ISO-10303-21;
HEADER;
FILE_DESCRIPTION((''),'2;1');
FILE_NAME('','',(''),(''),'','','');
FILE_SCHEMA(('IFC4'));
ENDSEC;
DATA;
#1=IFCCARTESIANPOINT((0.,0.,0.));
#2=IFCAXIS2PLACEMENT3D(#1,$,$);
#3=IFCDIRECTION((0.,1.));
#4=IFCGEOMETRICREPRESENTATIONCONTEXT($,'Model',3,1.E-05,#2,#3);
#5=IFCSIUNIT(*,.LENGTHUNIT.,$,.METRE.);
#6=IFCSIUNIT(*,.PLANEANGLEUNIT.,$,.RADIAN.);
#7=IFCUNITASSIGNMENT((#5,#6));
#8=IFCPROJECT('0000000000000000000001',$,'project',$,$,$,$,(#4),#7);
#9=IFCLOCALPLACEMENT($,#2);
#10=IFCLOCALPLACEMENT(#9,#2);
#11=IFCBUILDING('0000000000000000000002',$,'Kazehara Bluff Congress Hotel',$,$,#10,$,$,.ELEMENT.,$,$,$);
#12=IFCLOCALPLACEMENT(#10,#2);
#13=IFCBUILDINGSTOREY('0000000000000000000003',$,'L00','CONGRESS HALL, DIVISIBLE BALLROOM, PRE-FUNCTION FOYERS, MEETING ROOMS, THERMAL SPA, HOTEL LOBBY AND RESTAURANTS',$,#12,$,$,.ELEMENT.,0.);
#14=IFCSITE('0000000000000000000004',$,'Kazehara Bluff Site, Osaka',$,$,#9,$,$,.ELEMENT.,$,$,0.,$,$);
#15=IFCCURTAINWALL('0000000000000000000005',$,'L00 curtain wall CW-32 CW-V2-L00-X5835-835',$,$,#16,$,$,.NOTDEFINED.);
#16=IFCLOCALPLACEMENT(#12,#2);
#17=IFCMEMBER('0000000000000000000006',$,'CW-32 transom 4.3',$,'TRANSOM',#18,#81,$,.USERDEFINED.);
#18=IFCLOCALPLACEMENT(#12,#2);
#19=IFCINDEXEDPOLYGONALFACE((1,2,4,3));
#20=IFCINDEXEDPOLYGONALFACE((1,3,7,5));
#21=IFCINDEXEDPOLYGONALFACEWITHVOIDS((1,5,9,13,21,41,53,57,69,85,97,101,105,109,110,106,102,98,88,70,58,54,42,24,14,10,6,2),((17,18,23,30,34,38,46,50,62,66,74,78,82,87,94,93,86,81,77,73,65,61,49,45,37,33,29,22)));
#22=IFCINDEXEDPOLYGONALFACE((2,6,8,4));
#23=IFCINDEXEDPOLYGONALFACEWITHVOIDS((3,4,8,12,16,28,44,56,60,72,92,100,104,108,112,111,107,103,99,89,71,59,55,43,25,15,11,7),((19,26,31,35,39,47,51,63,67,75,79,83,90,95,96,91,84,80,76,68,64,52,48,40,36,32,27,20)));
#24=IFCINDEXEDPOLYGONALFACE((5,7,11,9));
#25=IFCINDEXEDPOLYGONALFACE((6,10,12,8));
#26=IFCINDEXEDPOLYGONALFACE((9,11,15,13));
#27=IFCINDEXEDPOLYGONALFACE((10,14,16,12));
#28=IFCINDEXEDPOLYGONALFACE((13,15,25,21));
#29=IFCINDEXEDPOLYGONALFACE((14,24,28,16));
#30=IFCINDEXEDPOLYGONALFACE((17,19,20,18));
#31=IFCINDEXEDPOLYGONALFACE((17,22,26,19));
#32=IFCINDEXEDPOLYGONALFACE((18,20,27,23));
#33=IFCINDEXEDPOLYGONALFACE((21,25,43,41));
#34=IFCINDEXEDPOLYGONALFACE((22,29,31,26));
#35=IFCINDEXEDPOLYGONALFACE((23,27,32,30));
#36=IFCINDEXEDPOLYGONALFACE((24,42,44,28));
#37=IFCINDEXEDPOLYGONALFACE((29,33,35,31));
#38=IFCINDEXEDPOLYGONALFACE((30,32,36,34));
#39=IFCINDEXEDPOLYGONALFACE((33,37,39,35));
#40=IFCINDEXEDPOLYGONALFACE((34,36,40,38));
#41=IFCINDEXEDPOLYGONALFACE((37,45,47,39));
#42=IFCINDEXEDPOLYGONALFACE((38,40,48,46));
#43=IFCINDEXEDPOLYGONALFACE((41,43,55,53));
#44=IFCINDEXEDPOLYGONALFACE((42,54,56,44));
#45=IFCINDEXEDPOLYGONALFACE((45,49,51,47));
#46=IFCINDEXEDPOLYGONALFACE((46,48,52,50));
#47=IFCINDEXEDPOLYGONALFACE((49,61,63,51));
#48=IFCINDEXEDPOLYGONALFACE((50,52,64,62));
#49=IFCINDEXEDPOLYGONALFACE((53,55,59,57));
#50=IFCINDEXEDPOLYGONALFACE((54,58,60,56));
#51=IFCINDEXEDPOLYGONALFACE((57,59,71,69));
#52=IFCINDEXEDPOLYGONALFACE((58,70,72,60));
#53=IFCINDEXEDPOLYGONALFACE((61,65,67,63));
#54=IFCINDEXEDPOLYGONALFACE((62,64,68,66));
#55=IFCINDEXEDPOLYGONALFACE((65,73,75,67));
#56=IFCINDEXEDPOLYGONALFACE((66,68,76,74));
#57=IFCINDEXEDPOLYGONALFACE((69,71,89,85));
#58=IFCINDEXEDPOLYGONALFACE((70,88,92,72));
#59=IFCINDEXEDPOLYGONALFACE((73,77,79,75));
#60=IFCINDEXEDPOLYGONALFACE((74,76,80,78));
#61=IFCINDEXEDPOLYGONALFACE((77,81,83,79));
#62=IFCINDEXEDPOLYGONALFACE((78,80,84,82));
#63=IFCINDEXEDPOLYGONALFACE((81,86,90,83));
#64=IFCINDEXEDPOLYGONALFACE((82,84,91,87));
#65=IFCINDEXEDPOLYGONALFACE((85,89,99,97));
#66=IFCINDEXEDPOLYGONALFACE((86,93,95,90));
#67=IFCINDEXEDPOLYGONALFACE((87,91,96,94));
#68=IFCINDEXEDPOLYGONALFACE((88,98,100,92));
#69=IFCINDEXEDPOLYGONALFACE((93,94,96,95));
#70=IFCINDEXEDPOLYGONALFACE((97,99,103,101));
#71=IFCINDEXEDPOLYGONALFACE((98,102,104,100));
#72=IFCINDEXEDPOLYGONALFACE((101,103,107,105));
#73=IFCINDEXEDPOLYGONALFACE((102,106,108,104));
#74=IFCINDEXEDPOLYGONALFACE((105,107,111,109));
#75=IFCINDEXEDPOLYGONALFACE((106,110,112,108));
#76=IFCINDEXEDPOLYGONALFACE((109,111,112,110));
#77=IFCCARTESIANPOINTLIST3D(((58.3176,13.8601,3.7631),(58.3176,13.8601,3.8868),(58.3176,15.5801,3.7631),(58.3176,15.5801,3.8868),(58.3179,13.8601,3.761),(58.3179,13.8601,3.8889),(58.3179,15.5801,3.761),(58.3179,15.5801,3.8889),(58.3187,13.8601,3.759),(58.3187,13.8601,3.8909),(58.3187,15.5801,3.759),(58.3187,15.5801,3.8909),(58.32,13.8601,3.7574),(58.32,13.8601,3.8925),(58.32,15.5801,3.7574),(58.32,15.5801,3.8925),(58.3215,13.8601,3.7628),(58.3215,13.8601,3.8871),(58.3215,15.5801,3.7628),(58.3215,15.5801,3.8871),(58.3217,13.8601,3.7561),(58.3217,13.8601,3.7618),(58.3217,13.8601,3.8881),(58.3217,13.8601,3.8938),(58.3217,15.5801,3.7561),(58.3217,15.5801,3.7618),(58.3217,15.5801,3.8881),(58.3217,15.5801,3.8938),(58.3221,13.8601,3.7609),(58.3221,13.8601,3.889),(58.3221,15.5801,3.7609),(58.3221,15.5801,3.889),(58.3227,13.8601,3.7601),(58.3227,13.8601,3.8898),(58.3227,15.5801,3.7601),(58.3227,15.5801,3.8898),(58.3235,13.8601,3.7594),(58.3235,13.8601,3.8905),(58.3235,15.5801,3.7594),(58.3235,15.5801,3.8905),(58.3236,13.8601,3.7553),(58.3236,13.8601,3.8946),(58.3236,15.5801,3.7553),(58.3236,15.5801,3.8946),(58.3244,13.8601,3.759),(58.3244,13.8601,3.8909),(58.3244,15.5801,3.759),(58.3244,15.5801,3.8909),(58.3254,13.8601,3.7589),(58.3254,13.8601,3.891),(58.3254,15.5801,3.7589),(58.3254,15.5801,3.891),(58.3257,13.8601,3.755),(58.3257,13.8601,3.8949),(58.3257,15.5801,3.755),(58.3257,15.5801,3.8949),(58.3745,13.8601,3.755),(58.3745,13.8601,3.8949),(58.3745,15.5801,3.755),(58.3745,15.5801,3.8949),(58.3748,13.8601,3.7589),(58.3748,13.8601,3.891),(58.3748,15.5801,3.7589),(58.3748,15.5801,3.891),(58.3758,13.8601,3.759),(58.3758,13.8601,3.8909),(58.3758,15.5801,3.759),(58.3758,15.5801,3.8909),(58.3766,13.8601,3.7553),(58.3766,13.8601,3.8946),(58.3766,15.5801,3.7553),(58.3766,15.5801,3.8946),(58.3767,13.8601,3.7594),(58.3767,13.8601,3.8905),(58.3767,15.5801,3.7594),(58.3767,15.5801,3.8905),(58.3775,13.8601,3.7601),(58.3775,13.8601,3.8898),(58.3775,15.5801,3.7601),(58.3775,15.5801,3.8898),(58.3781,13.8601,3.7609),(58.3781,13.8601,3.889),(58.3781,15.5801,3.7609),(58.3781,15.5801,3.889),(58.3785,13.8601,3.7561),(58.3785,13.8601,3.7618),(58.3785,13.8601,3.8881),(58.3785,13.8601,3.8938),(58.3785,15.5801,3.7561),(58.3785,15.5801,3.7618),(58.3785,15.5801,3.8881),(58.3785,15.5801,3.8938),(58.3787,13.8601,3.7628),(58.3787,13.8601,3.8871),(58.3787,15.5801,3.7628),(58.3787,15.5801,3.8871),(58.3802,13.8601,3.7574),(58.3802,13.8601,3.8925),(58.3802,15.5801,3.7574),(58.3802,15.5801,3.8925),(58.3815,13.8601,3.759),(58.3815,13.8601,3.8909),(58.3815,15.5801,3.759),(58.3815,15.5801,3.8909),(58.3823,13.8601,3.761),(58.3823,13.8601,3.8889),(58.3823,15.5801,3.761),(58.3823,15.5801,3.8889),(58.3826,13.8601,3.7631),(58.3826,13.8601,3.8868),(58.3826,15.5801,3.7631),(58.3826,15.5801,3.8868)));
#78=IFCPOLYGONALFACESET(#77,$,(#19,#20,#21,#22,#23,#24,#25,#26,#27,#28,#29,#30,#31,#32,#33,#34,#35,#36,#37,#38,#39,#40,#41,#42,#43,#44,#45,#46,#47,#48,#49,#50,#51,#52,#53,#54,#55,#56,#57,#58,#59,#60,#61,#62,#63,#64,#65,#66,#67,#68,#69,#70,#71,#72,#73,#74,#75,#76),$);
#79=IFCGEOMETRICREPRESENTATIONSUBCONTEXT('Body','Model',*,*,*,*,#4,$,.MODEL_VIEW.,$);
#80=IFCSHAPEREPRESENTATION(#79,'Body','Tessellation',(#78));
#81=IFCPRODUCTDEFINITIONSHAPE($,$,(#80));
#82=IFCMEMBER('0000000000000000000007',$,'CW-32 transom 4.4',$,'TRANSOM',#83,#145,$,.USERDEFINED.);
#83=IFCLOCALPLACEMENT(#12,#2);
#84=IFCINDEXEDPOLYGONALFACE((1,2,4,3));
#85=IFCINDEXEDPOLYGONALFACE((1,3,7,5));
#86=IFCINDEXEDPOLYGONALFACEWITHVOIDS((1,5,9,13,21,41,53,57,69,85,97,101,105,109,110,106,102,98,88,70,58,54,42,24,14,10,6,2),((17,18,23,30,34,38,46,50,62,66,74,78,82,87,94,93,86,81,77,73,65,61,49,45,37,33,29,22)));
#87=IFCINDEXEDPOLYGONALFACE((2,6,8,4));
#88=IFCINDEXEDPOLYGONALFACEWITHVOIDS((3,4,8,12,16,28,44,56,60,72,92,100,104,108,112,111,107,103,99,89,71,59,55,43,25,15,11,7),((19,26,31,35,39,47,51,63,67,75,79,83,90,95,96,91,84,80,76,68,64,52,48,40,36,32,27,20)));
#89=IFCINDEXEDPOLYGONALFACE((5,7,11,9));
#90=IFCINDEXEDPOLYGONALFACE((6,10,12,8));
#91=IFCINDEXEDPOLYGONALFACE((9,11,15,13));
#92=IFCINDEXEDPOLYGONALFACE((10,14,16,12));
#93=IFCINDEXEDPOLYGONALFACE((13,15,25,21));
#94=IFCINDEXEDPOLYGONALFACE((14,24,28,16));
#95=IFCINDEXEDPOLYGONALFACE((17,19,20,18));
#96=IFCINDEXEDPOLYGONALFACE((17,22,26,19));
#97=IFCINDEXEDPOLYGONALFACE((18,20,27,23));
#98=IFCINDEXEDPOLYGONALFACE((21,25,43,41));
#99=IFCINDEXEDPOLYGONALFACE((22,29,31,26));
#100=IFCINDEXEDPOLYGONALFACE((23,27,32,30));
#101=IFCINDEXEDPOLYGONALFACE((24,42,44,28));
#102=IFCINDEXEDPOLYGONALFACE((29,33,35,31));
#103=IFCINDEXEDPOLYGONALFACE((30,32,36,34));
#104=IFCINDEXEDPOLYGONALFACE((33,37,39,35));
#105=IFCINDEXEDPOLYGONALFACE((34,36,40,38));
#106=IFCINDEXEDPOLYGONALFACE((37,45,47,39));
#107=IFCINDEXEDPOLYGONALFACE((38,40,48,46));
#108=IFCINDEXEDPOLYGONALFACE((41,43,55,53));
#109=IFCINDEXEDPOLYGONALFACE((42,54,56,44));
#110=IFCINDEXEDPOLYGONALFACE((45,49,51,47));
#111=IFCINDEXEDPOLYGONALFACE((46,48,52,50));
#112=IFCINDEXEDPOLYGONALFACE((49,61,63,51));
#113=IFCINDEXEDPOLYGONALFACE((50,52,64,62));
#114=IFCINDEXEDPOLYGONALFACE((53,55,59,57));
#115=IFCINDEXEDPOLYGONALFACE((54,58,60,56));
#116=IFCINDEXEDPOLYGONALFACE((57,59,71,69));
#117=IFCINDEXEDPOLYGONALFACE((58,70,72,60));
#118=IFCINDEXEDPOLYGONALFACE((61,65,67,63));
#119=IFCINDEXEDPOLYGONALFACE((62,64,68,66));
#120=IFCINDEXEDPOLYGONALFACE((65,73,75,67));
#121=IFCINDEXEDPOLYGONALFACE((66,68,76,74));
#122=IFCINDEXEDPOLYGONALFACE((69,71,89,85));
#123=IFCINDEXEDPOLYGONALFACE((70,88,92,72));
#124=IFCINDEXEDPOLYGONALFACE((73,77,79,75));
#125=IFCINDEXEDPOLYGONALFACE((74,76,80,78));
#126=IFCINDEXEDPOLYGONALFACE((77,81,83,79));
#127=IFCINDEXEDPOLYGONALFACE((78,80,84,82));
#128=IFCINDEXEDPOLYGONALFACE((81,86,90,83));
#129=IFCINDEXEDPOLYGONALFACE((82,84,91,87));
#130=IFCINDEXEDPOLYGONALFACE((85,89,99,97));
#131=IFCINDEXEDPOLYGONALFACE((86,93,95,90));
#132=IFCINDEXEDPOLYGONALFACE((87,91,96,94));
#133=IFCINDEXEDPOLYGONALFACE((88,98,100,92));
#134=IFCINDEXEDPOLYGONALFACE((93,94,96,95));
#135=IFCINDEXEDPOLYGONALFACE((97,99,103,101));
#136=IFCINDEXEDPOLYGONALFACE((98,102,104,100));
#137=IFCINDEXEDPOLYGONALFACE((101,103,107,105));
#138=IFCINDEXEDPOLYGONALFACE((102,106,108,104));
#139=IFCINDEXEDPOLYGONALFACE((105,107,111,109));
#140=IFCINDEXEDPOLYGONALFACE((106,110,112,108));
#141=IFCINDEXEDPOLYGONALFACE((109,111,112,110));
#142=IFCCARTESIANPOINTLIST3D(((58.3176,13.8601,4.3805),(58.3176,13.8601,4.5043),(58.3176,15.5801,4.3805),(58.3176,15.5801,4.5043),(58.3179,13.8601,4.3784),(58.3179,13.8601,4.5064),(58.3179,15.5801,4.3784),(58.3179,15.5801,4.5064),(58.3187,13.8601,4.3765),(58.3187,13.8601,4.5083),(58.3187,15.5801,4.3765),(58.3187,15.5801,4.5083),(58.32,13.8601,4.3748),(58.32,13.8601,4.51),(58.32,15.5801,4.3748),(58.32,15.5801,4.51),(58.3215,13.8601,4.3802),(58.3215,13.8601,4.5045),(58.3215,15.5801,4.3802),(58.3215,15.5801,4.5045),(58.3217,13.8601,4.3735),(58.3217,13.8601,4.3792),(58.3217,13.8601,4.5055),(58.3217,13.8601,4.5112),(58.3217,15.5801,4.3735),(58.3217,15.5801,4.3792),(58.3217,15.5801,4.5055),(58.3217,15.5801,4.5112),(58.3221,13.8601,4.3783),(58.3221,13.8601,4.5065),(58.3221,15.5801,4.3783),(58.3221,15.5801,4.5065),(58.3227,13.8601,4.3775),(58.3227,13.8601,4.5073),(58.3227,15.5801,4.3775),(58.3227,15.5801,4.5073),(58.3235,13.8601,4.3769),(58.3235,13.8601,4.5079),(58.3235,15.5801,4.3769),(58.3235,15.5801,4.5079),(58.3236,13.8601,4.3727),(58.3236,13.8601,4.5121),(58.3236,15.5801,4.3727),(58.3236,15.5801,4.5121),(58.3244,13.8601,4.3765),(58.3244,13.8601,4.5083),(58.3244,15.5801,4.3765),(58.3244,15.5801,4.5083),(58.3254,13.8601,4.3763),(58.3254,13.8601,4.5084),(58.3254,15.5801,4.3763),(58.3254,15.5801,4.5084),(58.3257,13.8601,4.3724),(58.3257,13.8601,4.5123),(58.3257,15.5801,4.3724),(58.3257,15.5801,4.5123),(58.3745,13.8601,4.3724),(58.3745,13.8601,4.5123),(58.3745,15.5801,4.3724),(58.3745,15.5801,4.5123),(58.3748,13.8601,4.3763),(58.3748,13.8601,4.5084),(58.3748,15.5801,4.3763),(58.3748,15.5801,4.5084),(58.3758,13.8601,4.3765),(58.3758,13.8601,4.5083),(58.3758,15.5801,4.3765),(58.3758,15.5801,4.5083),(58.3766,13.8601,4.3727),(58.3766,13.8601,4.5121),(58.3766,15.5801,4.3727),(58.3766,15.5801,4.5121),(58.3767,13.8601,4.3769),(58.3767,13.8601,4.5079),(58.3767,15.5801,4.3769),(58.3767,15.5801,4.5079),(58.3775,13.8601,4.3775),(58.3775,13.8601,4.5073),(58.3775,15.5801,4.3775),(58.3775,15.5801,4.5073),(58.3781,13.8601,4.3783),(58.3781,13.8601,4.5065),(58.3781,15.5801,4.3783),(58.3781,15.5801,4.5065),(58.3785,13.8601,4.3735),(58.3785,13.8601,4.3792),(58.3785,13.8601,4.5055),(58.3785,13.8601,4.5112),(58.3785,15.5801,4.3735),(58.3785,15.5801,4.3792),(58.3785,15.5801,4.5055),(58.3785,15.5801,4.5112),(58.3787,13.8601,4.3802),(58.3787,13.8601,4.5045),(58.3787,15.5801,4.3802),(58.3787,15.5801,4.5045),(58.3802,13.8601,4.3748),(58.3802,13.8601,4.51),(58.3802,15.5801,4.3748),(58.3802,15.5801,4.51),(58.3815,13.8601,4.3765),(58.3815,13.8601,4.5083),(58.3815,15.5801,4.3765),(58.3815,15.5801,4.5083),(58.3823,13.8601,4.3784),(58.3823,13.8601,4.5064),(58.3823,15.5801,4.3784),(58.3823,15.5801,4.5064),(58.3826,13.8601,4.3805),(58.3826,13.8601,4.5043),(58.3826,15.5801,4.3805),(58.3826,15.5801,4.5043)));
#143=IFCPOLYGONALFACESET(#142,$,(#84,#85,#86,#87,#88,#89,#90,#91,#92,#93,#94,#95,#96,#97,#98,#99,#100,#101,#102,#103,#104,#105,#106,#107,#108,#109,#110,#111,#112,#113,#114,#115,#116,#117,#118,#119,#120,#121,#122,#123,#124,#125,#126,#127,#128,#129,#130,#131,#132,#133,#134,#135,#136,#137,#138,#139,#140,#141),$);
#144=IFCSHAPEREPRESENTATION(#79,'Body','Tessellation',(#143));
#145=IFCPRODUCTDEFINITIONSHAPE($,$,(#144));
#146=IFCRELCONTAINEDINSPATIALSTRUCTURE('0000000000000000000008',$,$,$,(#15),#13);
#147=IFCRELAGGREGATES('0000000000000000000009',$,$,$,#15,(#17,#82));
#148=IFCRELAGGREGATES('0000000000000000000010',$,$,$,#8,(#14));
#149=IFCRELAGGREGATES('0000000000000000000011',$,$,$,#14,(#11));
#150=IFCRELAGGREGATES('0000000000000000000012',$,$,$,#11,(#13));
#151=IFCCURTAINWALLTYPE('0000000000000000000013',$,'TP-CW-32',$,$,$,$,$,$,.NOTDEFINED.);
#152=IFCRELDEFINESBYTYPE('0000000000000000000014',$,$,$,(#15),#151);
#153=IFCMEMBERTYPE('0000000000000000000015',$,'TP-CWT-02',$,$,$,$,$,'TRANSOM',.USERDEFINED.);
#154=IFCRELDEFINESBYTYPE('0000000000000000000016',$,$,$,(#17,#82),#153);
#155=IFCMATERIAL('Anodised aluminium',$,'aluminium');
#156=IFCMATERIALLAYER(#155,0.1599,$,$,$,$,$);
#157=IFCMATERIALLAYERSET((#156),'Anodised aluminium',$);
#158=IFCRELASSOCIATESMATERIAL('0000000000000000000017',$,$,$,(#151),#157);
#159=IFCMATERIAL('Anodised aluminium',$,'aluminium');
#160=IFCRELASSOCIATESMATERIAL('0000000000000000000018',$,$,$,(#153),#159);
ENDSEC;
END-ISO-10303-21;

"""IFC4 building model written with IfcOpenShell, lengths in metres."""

from ifc_helpers import new_model, si_unit, direction, frame, origin, origin_2d, place, context, subcontext, project, spatial, hollow_rectangle, extrude, material, layer, layer_set, material_profile, profile_set, type_object, element, aggregate, save


model = new_model("IFC4")

# Units and contexts
model_context = context("Model", 3, precision=1e-05, world=origin(), true_north=direction((0.0, 1.0)))
body_context = subcontext(model_context, "Body", "Model", "MODEL_VIEW")
ifc_project = project(units=[si_unit("LENGTHUNIT", "METRE"), si_unit("PLANEANGLEUNIT", "RADIAN")], contexts=[model_context])

# Site, building, storey
site_placement = place(None, origin())
site = spatial("IfcSite", under=ifc_project, at=site_placement, Name="Kazehara Bluff Site, Osaka", CompositionType="ELEMENT", RefElevation=0.0)
building_placement = place(site_placement, origin())
building = spatial("IfcBuilding", under=site, at=building_placement, Name="Kazehara Bluff Congress Hotel", CompositionType="ELEMENT")
storey_placement = place(building_placement, origin())
storey = spatial("IfcBuildingStorey", under=building, at=storey_placement, Name="L00", Description="CONGRESS HALL, DIVISIBLE BALLROOM, PRE-FUNCTION FOYERS, MEETING ROOMS, THERMAL SPA, HOTEL LOBBY AND RESTAURANTS", CompositionType="ELEMENT", Elevation=0.0)

# Curtain wall
ifc_material_1 = material(Name="Anodised aluminium", Category="aluminium")
ifc_layer_1 = layer(ifc_material_1, 0.1599)
ifc_layer_set_1 = layer_set([ifc_layer_1], Name="Anodised aluminium")
curtain_wall_type = type_object("IfcCurtainWallType", Name="TP-CW-32", PredefinedType="NOTDEFINED", material=ifc_layer_set_1)
curtain_wall_1_placement = place(storey_placement, origin())
curtain_wall_1 = element("IfcCurtainWall", 1, at=curtain_wall_1_placement, inside=storey, type_object=curtain_wall_type, Name="L00 curtain wall CW-32 CW-V2-L00-X5835-835", PredefinedType="NOTDEFINED")

# Members
ifc_material_2 = material(Name="Anodised aluminium", Category="aluminium")
ifc_material_profile_1 = material_profile(ifc_material_2, hollow_rectangle(XDim=0.0649, YDim=0.1399, WallThickness=0.0039, InnerFilletRadius=0.0039, OuterFilletRadius=0.0081, at=origin_2d()))
ifc_profile_set_1 = profile_set([ifc_material_profile_1], Name="Anodised aluminium")
member_type_1 = type_object("IfcMemberType", Name="TP-CWT-02", ElementType="TRANSOM", PredefinedType="USERDEFINED", material=ifc_profile_set_1)
member_1_placement = place(storey_placement, frame((58.3501, 13.8601, 3.825), z_axis=(0.0, 1.0, 0.0), x_axis=(-1.0, 0.0, 0.0)))
member_1 = element("IfcMember", 2, at=member_1_placement, type_object=member_type_1, Name="CW-32 transom 4.3", ObjectType="TRANSOM", PredefinedType="USERDEFINED", context=body_context, shape_type="SweptSolid", body=[
    extrude(hollow_rectangle(XDim=0.0649, YDim=0.1399, WallThickness=0.0039, InnerFilletRadius=0.0039, OuterFilletRadius=0.0081, at=origin_2d()), origin(), (0.0, 0.0, 1.0), 1.72),
])
member_2_placement = place(storey_placement, frame((58.3501, 13.8601, 4.4424), z_axis=(0.0, 1.0, 0.0), x_axis=(-1.0, 0.0, 0.0)))
member_2 = element("IfcMember", 3, at=member_2_placement, type_object=member_type_1, Name="CW-32 transom 4.4", ObjectType="TRANSOM", PredefinedType="USERDEFINED", context=body_context, shape_type="SweptSolid", body=[
    extrude(hollow_rectangle(XDim=0.0649, YDim=0.1399, WallThickness=0.0039, InnerFilletRadius=0.0039, OuterFilletRadius=0.0081, at=origin_2d()), origin(), (0.0, 0.0, 1.0), 1.72),
])

aggregate(curtain_wall_1, [member_1, member_2])

save(model, "model.ifc")
